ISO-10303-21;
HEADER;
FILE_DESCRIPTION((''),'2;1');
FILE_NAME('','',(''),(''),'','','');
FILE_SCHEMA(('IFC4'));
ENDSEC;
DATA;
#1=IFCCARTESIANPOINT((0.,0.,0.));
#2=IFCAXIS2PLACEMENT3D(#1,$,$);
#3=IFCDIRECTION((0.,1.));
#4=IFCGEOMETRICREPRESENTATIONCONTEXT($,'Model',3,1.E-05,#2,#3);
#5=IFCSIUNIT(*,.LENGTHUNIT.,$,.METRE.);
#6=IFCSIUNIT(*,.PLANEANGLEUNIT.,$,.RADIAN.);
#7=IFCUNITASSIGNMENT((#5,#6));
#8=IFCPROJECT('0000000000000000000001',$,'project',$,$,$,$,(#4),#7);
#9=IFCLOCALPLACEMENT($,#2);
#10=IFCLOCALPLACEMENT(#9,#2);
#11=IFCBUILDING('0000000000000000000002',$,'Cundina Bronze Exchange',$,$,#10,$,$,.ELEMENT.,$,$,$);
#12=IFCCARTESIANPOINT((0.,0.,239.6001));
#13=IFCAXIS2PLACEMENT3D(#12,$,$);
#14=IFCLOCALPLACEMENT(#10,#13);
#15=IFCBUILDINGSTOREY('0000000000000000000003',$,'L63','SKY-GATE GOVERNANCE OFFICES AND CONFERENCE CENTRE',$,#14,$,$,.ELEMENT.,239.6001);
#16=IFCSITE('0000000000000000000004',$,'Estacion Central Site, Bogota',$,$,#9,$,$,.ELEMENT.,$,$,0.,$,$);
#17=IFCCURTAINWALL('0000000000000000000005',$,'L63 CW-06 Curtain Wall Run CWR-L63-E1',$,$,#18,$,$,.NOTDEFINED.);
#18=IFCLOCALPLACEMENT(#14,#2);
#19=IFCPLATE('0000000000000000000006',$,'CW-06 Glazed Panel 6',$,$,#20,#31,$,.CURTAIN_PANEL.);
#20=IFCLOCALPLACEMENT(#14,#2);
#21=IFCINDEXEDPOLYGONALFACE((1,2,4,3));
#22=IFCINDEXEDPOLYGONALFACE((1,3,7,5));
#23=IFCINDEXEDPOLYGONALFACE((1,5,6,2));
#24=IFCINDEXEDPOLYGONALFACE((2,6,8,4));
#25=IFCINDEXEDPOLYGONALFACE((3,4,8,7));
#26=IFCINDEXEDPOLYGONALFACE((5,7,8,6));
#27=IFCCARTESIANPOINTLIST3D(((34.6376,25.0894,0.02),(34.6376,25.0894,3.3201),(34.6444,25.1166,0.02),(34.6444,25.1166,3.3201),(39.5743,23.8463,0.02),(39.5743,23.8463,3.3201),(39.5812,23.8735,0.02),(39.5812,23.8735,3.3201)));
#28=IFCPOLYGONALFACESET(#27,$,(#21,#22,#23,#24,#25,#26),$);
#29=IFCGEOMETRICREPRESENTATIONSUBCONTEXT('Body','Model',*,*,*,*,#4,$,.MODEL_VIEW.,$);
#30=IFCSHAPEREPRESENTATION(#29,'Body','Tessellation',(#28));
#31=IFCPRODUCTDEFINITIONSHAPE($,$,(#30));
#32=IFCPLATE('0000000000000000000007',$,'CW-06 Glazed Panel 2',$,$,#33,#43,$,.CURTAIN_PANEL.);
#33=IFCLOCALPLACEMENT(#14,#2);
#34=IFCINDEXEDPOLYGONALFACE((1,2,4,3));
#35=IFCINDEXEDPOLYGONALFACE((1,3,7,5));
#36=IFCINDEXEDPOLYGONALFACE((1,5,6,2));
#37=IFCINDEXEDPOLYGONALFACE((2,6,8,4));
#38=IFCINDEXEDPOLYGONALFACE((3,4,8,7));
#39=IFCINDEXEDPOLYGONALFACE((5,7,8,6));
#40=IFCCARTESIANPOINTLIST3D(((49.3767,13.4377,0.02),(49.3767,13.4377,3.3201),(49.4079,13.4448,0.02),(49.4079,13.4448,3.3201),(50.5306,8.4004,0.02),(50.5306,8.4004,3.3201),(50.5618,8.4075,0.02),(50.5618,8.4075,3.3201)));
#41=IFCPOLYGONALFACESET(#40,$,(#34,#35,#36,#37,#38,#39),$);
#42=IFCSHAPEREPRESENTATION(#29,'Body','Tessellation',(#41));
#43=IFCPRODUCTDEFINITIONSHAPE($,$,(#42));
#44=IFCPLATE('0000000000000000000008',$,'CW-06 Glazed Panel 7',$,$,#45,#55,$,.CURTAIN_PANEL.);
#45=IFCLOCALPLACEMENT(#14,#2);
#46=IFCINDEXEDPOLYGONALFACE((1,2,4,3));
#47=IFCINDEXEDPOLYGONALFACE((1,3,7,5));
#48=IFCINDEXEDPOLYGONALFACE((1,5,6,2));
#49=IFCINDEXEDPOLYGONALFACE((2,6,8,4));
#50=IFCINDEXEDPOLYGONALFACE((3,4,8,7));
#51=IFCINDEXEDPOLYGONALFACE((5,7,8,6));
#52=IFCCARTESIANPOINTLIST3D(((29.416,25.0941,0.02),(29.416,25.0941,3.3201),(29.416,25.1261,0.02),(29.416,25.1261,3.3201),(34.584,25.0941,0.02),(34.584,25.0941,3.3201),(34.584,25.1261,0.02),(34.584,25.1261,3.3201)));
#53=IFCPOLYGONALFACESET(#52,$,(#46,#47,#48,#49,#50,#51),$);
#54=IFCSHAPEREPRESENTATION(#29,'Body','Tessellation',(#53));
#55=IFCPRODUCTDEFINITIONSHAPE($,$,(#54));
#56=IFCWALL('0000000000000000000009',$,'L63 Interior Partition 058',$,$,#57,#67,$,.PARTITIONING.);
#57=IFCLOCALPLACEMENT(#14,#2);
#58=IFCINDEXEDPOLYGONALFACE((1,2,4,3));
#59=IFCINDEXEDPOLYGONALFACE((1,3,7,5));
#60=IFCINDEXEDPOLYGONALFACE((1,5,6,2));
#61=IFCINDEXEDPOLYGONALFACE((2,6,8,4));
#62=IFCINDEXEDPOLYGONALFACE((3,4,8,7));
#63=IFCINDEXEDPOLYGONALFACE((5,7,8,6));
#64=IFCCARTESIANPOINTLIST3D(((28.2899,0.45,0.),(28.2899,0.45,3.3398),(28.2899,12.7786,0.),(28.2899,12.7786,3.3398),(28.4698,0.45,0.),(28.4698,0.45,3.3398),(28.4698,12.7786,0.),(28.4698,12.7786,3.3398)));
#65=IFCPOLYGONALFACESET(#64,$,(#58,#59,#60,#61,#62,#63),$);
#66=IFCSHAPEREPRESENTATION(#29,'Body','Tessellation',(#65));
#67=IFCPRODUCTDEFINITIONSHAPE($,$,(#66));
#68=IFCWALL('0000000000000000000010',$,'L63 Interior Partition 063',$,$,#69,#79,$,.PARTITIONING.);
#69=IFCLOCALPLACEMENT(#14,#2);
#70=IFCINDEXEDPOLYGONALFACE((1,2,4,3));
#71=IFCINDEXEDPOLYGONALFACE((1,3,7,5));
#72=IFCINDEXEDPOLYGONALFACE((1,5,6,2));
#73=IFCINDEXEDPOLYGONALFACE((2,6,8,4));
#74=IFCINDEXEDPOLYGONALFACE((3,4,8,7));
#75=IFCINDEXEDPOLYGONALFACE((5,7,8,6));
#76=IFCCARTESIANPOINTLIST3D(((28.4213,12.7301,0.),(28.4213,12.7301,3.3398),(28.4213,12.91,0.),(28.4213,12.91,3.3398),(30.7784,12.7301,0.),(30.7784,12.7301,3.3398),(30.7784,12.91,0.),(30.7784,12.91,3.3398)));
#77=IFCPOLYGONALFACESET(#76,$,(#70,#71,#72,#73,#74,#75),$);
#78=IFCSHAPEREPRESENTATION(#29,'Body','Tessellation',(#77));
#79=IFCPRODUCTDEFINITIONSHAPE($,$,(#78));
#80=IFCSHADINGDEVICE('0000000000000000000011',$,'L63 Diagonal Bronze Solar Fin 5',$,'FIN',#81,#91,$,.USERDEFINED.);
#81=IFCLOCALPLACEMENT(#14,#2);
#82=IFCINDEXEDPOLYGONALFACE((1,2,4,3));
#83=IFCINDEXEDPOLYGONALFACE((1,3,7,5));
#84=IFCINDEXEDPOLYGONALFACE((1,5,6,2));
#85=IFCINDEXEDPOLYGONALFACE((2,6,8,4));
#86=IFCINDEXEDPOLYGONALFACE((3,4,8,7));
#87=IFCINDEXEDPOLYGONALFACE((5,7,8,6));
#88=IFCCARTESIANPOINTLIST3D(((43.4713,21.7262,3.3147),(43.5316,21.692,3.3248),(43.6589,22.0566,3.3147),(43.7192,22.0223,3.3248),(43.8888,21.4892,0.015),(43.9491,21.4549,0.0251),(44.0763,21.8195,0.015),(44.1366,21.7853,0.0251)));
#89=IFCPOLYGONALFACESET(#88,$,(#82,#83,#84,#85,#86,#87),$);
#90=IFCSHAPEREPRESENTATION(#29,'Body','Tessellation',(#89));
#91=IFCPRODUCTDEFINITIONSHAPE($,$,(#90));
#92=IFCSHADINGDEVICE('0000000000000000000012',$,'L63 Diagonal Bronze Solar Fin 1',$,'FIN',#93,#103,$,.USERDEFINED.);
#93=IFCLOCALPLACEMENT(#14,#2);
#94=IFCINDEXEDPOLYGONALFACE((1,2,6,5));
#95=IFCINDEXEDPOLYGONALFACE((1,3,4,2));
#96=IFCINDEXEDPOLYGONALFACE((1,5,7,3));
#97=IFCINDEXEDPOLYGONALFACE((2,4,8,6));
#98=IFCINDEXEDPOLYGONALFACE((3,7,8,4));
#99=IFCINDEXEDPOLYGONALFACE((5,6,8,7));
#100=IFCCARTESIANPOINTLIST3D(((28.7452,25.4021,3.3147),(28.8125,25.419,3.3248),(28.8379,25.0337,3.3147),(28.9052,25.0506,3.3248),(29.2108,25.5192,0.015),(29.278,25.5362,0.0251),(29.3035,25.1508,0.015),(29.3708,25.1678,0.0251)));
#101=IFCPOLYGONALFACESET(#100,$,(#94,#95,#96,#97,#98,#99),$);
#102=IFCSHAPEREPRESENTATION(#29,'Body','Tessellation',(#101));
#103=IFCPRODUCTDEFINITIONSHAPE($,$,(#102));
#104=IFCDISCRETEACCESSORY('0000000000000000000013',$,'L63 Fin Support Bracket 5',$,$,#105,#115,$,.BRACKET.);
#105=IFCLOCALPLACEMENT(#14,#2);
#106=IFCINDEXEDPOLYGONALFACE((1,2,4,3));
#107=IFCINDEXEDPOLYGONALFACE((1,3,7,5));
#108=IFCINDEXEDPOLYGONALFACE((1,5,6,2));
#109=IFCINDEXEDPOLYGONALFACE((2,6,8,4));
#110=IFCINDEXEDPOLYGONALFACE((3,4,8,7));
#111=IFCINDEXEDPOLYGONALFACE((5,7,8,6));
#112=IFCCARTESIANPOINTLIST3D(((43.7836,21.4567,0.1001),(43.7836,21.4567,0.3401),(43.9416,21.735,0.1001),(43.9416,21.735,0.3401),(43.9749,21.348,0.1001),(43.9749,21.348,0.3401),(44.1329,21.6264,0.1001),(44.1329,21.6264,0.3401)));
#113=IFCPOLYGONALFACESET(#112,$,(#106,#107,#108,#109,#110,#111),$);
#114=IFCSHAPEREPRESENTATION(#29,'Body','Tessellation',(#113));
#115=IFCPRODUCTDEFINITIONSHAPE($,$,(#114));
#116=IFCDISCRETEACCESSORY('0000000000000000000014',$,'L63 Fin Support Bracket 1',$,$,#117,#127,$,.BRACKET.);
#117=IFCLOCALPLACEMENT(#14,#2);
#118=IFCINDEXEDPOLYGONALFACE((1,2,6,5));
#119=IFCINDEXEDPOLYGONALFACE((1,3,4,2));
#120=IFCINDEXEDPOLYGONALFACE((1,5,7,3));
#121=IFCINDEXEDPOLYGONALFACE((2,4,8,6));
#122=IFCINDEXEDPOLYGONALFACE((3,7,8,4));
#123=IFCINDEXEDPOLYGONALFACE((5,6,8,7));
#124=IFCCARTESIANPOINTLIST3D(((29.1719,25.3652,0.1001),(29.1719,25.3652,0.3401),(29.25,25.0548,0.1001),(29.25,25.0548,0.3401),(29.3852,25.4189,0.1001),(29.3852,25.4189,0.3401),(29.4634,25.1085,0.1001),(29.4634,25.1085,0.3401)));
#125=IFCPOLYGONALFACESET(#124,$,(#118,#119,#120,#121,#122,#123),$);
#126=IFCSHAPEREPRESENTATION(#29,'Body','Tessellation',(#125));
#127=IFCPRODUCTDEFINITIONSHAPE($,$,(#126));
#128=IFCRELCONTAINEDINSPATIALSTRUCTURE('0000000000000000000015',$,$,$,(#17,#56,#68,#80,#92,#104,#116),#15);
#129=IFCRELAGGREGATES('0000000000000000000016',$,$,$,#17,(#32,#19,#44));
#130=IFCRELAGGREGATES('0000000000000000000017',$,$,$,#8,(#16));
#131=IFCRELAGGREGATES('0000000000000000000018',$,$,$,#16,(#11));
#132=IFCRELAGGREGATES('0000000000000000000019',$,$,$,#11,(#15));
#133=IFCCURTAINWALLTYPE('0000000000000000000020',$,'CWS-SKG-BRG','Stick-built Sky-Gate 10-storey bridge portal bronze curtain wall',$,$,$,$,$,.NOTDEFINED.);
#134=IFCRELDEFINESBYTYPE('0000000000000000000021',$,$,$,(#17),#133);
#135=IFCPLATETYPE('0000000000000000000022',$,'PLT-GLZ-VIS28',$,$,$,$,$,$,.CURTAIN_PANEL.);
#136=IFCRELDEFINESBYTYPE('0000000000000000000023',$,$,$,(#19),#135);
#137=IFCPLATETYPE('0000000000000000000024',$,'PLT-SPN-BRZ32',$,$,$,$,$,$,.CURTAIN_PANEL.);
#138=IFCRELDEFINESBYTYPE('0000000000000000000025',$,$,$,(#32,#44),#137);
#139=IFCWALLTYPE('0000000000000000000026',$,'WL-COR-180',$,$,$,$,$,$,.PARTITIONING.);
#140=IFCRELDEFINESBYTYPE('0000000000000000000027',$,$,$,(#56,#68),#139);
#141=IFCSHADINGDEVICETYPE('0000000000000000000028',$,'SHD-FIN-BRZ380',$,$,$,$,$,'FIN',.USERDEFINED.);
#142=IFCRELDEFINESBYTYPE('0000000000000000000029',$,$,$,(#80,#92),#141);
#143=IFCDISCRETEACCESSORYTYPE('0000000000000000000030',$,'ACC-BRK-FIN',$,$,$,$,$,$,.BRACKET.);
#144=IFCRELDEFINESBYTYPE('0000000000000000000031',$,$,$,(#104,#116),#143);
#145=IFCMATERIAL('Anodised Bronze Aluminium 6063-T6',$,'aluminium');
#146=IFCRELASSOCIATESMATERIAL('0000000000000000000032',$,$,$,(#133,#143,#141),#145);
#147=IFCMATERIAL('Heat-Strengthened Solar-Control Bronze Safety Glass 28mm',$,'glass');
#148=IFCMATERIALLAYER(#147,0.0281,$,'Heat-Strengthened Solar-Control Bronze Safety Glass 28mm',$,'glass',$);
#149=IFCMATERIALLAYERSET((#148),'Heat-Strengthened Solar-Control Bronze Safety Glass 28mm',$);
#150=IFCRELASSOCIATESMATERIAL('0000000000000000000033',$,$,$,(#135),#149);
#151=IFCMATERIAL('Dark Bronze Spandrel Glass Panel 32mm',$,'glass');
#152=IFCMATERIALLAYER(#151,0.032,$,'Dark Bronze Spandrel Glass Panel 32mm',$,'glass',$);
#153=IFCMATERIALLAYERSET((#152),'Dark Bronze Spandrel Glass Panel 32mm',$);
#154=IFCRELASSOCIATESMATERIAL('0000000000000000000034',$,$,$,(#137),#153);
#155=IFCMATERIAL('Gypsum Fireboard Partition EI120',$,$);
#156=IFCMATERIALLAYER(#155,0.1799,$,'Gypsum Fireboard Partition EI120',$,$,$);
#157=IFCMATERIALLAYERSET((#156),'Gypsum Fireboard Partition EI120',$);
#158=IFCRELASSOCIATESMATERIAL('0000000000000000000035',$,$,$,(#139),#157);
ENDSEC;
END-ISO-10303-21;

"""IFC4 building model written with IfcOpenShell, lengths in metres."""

from ifc_helpers import new_model, si_unit, direction, frame, frame_2d, origin, origin_2d, place, context, subcontext, project, spatial, rectangle, extrude, material, layer, layer_set, material_profile, profile_set, type_object, element, aggregate, save


model = new_model("IFC4")

# Units and contexts
model_context = context("Model", 3, precision=1e-05, world=origin(), true_north=direction((0.0, 1.0)))
body_context = subcontext(model_context, "Body", "Model", "MODEL_VIEW")
ifc_project = project(units=[si_unit("LENGTHUNIT", "METRE"), si_unit("PLANEANGLEUNIT", "RADIAN")], contexts=[model_context])

# Site, building, storey
site_placement = place(None, origin())
site = spatial("IfcSite", under=ifc_project, at=site_placement, Name="Estacion Central Site, Bogota", CompositionType="ELEMENT", RefElevation=0.0)
building_placement = place(site_placement, origin())
building = spatial("IfcBuilding", under=site, at=building_placement, Name="Cundina Bronze Exchange", CompositionType="ELEMENT")
storey_placement = place(building_placement, frame((0.0, 0.0, 239.6001)))
storey = spatial("IfcBuildingStorey", under=building, at=storey_placement, Name="L63", Description="SKY-GATE GOVERNANCE OFFICES AND CONFERENCE CENTRE", CompositionType="ELEMENT", Elevation=239.6001)

# Curtain wall
ifc_material_1 = material(Name="Anodised Bronze Aluminium 6063-T6", Category="aluminium")
curtain_wall_type = type_object("IfcCurtainWallType", Name="CWS-SKG-BRG", Description="Stick-built Sky-Gate 10-storey bridge portal bronze curtain wall", PredefinedType="NOTDEFINED", material=ifc_material_1)
curtain_wall_1_placement = place(storey_placement, origin())
curtain_wall_1 = element("IfcCurtainWall", 1, at=curtain_wall_1_placement, inside=storey, type_object=curtain_wall_type, Name="L63 CW-06 Curtain Wall Run CWR-L63-E1", PredefinedType="NOTDEFINED")

# Plates
ifc_material_2 = material(Name="Heat-Strengthened Solar-Control Bronze Safety Glass 28mm", Category="glass")
ifc_layer_1 = layer(ifc_material_2, 0.0281, Name="Heat-Strengthened Solar-Control Bronze Safety Glass 28mm", Category="glass")
ifc_layer_set_1 = layer_set([ifc_layer_1], Name="Heat-Strengthened Solar-Control Bronze Safety Glass 28mm")
plate_type_1 = type_object("IfcPlateType", Name="PLT-GLZ-VIS28", PredefinedType="CURTAIN_PANEL", material=ifc_layer_set_1)
plate_1_placement = place(storey_placement, frame((37.1094, 24.4814, 0.02), z_axis=(0.0, 0.0, 1.0), x_axis=(-0.969732, 0.244174, 0.0)))
plate_1 = element("IfcPlate", 2, at=plate_1_placement, type_object=plate_type_1, Name="CW-06 Glazed Panel 6", PredefinedType="CURTAIN_PANEL", context=body_context, shape_type="SweptSolid", body=[
    extrude(rectangle(XDim=5.0908, YDim=0.0281, at=origin_2d()), origin(), (0.0, 0.0, 1.0), 3.3),
])
ifc_material_3 = material(Name="Dark Bronze Spandrel Glass Panel 32mm", Category="glass")
ifc_layer_2 = layer(ifc_material_3, 0.032, Name="Dark Bronze Spandrel Glass Panel 32mm", Category="glass")
ifc_layer_set_2 = layer_set([ifc_layer_2], Name="Dark Bronze Spandrel Glass Panel 32mm")
plate_type_2 = type_object("IfcPlateType", Name="PLT-SPN-BRZ32", PredefinedType="CURTAIN_PANEL", material=ifc_layer_set_2)
plate_2_placement = place(storey_placement, frame((49.9692, 10.9226, 0.02), z_axis=(0.0, 0.0, 1.0), x_axis=(-0.223284, 0.974753, 0.0)))
plate_2 = element("IfcPlate", 3, at=plate_2_placement, type_object=plate_type_2, Name="CW-06 Glazed Panel 2", PredefinedType="CURTAIN_PANEL", context=body_context, shape_type="SweptSolid", body=[
    extrude(rectangle(XDim=5.1677, YDim=0.032, at=origin_2d()), origin(), (0.0, 0.0, 1.0), 3.3),
])
plate_3_placement = place(storey_placement, frame((32.0, 25.1101, 0.02), z_axis=(0.0, 0.0, 1.0), x_axis=(-1.0, 0.0, 0.0)))
plate_3 = element("IfcPlate", 4, at=plate_3_placement, type_object=plate_type_2, Name="CW-06 Glazed Panel 7", PredefinedType="CURTAIN_PANEL", context=body_context, shape_type="SweptSolid", body=[
    extrude(rectangle(XDim=5.168, YDim=0.032, at=origin_2d()), origin(), (0.0, 0.0, 1.0), 3.3),
])
aggregate(curtain_wall_1, [plate_2, plate_1, plate_3])

# Walls
ifc_material_4 = material(Name="Gypsum Fireboard Partition EI120")
ifc_layer_3 = layer(ifc_material_4, 0.1799, Name="Gypsum Fireboard Partition EI120")
ifc_layer_set_3 = layer_set([ifc_layer_3], Name="Gypsum Fireboard Partition EI120")
wall_type = type_object("IfcWallType", Name="WL-COR-180", PredefinedType="PARTITIONING", material=ifc_layer_set_3)
wall_1_placement = place(storey_placement, frame((28.3799, 12.7786, 0.0), z_axis=(0.0, 0.0, 1.0), x_axis=(0.0, -1.0, 0.0)))
element("IfcWall", 5, at=wall_1_placement, inside=storey, type_object=wall_type, Name="L63 Interior Partition 058", PredefinedType="PARTITIONING", context=body_context, shape_type="SweptSolid", body=[
    extrude(rectangle(XDim=12.3286, YDim=0.1799, at=frame_2d((6.1643, 0.0))), origin(), (0.0, 0.0, 1.0), 3.3398),
])
wall_2_placement = place(storey_placement, frame((30.7786, 12.8201, 0.0), z_axis=(0.0, 0.0, 1.0), x_axis=(-1.0, 0.0, 0.0)))
element("IfcWall", 6, at=wall_2_placement, inside=storey, type_object=wall_type, Name="L63 Interior Partition 063", PredefinedType="PARTITIONING", context=body_context, shape_type="SweptSolid", body=[
    extrude(rectangle(XDim=2.3572, YDim=0.1799, at=frame_2d((1.1787, 0.0))), origin(), (0.0, 0.0, 1.0), 3.3398),
])

# Shading devices
ifc_material_profile_1 = material_profile(ifc_material_1, rectangle(XDim=0.0701, YDim=0.3799, at=origin_2d()), Name="FIN70X380", Category="aluminium")
ifc_profile_set_1 = profile_set([ifc_material_profile_1], Name="Anodised Bronze Aluminium 6063-T6")
shading_device_type = type_object("IfcShadingDeviceType", Name="SHD-FIN-BRZ380", ElementType="FIN", PredefinedType="USERDEFINED", material=ifc_profile_set_1)
for number, where, z_axis, x_axis, name in (
    (7, (44.0127, 21.6372, 0.02), (-0.125199, 0.071092, 0.989581), (0.860526, -0.488638, 0.143975), "L63 Diagonal Bronze Solar Fin 5"),
    (8, (29.2908, 25.3435, 0.02), (-0.139622, -0.035143, 0.989581), (0.959649, 0.241548, 0.143977), "L63 Diagonal Bronze Solar Fin 1"),
):
    element("IfcShadingDevice", number, at=place(storey_placement, frame(where, z_axis=z_axis, x_axis=x_axis)), inside=storey, type_object=shading_device_type, Name=name, ObjectType="FIN", PredefinedType="USERDEFINED", context=body_context, shape_type="SweptSolid", body=[
        extrude(rectangle(XDim=0.0701, YDim=0.3799, at=origin_2d()), origin(), (0.0, 0.0, 1.0), 3.3345),
    ])

# Discrete accessories
discrete_accessory_type = type_object("IfcDiscreteAccessoryType", Name="ACC-BRK-FIN", PredefinedType="BRACKET", material=ifc_material_1)
for number, where, z_axis, x_axis, name in (
    (9, (43.9583, 21.5415, 0.1001), (0.0, 0.0, 1.0), (-0.869573, 0.493805, 0.0), "L63 Fin Support Bracket 5"),
    (10, (29.3176, 25.2368, 0.1001), (0.0, 0.0, 1.0), (-0.969732, -0.244174, 0.0), "L63 Fin Support Bracket 1"),
):
    element("IfcDiscreteAccessory", number, at=place(storey_placement, frame(where, z_axis=z_axis, x_axis=x_axis)), inside=storey, type_object=discrete_accessory_type, Name=name, PredefinedType="BRACKET", context=body_context, shape_type="SweptSolid", body=[
        extrude(rectangle(XDim=0.22, YDim=0.3201, at=origin_2d()), origin(), (0.0, 0.0, 1.0), 0.24),
    ])

save(model, "model.ifc")
